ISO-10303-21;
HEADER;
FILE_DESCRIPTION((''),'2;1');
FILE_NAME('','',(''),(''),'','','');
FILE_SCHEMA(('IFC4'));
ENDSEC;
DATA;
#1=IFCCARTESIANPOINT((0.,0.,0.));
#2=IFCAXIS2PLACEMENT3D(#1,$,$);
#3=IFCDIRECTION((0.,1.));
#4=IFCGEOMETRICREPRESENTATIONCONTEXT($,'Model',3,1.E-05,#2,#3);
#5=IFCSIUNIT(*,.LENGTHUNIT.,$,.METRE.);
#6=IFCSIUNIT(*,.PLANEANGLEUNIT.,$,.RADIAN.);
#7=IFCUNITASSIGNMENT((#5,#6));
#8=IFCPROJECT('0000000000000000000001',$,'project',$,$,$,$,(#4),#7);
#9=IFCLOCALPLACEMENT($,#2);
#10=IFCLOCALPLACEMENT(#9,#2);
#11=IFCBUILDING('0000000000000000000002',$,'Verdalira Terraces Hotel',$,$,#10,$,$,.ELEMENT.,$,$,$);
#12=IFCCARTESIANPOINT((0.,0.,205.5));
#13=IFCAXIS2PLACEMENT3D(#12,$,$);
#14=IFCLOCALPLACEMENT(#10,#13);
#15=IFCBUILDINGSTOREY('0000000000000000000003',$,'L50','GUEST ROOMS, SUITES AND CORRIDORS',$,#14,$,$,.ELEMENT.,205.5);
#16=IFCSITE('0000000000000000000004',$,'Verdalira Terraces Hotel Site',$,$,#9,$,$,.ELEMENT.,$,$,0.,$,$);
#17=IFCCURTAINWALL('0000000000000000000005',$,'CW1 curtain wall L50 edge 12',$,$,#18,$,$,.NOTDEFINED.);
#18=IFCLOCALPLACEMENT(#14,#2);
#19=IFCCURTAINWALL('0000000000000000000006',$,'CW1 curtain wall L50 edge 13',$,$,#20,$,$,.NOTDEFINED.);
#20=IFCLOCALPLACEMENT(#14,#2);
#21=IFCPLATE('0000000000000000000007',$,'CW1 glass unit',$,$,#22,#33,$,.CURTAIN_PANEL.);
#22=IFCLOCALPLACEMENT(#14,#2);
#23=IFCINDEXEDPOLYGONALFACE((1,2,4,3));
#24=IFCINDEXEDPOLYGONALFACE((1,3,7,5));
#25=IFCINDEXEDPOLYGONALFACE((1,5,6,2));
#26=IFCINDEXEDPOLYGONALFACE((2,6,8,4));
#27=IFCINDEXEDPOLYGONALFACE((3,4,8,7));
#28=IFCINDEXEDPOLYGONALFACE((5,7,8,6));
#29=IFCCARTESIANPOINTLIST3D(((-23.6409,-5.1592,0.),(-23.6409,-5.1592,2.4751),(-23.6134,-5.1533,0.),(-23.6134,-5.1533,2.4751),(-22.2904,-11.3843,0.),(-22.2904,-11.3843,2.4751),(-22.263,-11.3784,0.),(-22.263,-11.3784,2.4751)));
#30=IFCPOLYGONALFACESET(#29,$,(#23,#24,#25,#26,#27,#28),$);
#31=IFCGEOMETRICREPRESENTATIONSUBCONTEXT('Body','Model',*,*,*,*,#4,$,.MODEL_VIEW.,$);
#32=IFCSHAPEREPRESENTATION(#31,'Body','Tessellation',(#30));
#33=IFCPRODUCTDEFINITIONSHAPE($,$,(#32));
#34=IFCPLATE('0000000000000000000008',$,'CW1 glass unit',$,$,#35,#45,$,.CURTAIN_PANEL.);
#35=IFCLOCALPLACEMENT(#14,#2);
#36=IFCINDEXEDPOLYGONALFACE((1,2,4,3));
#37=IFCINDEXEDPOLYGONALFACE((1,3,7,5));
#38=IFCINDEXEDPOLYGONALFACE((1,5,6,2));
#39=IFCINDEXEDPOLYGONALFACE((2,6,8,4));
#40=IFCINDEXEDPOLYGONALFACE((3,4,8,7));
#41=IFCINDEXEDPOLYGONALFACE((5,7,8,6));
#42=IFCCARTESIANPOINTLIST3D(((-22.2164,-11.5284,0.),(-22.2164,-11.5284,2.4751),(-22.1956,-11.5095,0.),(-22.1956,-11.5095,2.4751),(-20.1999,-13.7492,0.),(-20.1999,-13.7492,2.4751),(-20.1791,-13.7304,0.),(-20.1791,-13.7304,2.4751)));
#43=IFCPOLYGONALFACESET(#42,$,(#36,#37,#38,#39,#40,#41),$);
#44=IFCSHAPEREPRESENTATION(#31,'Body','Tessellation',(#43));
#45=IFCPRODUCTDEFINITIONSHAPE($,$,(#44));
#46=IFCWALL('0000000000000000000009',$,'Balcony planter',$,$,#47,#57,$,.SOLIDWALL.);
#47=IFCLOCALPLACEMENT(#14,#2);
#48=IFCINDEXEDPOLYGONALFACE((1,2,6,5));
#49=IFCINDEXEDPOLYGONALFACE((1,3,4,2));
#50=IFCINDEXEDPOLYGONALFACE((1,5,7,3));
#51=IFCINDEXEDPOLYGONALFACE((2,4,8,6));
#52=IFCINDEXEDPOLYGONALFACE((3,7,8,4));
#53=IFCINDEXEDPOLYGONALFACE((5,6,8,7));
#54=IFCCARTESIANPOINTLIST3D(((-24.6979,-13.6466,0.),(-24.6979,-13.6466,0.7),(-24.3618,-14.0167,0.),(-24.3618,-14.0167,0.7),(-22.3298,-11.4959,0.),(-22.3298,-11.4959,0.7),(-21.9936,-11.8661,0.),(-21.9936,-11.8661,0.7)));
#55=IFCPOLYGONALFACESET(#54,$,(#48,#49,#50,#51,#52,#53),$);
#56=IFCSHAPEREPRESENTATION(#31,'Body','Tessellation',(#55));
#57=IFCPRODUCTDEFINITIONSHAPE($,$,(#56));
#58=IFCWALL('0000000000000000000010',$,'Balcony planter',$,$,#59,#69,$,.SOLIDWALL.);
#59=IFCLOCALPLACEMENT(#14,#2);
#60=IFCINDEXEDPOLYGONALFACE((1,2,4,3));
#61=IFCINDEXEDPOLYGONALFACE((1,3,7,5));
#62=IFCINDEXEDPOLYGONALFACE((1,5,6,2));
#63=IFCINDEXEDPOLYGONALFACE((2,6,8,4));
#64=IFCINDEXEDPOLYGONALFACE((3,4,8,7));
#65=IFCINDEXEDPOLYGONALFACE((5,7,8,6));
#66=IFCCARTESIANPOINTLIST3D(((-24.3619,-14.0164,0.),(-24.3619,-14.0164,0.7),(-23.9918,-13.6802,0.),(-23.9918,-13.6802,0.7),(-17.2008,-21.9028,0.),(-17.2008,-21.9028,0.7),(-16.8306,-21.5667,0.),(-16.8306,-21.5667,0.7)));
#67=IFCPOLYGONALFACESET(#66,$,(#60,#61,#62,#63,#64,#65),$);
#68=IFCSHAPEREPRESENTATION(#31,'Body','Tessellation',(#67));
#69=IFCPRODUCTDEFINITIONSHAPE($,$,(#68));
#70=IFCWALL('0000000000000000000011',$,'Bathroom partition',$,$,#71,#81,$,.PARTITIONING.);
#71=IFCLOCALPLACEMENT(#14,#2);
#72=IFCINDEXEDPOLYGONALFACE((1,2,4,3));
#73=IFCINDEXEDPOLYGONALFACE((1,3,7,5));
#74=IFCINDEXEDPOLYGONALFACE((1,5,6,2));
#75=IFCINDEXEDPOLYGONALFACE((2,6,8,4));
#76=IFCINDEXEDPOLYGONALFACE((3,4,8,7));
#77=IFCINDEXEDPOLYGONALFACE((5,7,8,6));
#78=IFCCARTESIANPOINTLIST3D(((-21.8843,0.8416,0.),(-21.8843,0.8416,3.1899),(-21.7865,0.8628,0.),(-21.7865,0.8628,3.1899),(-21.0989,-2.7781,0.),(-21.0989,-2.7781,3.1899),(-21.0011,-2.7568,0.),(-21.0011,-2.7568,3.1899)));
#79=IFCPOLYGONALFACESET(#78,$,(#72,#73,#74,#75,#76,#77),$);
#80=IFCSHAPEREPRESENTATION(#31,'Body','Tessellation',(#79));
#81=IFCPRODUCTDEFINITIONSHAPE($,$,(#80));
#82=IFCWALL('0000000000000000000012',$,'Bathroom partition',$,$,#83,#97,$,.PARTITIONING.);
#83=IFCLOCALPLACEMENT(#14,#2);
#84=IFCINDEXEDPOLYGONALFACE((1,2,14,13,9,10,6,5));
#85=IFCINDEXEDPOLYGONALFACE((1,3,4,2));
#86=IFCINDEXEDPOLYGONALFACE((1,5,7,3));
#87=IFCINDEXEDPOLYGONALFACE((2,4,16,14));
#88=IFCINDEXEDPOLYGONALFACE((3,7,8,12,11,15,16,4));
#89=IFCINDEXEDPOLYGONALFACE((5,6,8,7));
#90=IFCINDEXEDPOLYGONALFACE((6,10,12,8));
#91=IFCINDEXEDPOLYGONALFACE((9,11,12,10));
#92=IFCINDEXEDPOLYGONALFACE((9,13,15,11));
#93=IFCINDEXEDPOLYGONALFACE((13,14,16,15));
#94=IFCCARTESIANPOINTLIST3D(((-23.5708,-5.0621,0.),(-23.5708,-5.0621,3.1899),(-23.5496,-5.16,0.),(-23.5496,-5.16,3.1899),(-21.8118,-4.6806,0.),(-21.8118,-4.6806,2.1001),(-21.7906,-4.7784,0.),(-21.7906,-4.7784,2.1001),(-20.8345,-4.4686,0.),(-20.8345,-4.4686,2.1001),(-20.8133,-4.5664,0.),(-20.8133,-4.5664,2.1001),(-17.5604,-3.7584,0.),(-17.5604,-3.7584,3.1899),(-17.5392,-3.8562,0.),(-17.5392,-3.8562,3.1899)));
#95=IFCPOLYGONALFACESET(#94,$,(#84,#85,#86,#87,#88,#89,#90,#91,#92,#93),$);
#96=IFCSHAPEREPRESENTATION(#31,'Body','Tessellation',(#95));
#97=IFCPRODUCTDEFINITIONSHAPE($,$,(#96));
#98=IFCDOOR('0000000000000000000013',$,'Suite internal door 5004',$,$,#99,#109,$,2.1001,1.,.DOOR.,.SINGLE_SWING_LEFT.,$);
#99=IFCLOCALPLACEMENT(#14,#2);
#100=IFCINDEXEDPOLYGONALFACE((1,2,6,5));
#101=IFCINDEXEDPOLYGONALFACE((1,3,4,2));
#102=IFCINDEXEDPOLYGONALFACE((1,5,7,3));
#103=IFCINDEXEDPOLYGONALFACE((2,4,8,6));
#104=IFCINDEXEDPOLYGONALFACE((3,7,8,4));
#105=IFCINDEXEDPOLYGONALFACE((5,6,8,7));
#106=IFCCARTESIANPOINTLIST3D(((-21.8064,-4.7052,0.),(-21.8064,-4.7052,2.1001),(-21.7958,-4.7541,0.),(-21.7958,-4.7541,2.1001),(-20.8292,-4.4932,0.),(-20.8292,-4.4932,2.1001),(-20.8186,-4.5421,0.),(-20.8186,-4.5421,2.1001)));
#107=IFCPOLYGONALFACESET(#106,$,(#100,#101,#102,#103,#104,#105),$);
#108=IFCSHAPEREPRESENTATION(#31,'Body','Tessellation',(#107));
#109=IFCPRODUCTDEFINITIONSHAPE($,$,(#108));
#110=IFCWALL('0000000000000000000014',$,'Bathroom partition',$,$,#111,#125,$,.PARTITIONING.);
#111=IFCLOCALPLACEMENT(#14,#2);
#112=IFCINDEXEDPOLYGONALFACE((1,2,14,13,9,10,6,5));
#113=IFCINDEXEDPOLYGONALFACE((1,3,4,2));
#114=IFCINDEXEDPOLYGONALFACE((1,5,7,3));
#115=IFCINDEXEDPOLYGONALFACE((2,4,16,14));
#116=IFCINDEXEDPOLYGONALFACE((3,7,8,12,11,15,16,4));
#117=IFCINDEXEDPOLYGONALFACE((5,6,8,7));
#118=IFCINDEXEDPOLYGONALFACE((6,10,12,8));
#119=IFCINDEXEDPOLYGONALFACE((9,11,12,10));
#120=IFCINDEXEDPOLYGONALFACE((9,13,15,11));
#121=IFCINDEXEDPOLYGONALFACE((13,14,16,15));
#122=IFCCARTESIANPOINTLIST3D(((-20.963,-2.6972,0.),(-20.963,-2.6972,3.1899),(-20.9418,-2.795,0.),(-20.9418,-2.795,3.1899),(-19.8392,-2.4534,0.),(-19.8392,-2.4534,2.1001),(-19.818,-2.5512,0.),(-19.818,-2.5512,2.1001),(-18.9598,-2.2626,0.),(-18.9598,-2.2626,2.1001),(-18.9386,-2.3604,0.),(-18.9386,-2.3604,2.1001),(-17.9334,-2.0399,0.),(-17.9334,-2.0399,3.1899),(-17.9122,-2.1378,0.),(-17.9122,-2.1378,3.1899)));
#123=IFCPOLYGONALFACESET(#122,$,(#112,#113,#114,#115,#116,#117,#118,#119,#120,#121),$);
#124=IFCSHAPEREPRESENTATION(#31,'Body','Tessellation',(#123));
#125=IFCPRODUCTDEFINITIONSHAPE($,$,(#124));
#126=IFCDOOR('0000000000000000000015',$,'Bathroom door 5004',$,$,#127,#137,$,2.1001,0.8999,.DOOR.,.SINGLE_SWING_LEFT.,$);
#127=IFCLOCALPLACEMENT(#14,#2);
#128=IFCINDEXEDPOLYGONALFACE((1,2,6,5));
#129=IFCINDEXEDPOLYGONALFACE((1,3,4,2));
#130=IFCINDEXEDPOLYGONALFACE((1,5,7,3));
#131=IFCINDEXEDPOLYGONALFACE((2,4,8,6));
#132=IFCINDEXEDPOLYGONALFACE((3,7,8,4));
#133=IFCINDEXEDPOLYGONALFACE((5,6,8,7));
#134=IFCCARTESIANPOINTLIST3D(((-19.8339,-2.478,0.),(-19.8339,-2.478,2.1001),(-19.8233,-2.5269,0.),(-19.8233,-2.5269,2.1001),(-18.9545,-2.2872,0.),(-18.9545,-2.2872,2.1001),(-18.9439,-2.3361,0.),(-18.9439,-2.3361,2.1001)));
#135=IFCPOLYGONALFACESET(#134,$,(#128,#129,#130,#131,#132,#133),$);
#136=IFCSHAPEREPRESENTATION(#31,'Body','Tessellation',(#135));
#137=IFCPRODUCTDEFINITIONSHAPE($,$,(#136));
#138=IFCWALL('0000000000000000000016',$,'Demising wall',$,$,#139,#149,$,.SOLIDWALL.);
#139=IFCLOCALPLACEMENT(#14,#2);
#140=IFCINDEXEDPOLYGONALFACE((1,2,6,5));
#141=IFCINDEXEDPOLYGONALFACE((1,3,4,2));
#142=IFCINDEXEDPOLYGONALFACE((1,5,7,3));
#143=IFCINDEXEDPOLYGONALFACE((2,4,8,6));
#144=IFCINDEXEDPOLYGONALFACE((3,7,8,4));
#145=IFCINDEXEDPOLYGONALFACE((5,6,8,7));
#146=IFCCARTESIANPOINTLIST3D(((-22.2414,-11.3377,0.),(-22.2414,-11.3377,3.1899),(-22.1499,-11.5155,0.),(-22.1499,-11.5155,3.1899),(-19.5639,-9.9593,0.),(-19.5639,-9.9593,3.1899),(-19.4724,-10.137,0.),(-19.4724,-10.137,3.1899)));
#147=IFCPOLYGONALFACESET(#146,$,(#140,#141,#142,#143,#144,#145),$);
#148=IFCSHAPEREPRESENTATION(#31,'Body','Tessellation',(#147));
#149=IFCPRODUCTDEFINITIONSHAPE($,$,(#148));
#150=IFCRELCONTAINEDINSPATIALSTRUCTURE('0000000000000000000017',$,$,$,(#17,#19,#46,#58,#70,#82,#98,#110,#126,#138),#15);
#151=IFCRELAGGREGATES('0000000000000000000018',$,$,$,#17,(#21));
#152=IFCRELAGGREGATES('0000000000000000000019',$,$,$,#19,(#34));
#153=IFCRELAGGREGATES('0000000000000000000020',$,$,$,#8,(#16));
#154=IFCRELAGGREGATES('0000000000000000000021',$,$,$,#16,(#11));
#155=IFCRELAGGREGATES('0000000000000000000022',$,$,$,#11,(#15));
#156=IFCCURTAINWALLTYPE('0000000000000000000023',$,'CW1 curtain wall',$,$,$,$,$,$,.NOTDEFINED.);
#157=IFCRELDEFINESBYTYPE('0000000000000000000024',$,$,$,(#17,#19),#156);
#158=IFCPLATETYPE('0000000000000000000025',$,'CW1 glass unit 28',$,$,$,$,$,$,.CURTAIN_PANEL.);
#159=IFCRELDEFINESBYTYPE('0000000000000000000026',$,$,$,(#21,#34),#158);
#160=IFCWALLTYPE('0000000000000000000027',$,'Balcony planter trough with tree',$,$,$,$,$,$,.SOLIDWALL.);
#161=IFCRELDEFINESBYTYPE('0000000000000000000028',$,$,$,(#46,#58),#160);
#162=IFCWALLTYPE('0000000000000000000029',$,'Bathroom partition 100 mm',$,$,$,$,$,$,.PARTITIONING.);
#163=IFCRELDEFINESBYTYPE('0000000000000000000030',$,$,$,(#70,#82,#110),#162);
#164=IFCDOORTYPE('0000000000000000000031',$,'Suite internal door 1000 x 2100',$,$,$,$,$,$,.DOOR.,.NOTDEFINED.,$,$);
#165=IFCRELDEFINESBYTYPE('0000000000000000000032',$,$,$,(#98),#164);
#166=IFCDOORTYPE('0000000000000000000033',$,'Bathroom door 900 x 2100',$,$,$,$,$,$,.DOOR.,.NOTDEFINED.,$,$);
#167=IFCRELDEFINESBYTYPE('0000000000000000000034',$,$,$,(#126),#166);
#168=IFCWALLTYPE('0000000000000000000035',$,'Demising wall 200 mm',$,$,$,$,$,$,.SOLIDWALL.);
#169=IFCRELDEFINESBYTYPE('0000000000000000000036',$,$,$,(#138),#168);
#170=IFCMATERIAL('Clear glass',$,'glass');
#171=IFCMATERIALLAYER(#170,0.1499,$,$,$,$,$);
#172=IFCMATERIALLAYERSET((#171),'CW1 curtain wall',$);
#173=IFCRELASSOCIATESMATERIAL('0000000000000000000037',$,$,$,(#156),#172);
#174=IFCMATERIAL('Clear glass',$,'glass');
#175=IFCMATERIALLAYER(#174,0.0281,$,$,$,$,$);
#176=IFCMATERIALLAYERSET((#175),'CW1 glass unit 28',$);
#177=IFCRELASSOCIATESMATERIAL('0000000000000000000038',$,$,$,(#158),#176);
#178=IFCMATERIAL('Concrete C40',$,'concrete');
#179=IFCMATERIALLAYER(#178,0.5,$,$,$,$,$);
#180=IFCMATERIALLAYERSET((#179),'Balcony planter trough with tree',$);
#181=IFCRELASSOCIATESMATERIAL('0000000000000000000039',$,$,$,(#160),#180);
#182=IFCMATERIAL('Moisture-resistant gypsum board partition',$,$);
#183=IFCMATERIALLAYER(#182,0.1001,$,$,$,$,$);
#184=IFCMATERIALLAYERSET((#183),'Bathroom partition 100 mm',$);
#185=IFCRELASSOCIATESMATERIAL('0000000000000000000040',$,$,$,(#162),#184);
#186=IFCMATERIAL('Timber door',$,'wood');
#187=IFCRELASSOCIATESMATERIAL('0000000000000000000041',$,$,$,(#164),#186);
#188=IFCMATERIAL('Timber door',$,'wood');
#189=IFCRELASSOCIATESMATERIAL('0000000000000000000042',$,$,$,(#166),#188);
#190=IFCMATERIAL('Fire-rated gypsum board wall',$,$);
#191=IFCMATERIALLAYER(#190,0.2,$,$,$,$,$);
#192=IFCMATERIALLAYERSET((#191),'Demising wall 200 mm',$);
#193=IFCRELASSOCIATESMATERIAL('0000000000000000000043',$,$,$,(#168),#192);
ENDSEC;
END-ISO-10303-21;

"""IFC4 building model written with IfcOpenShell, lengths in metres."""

from ifc_helpers import new_model, si_unit, direction, frame, frame_2d, origin, origin_2d, place, context, subcontext, project, spatial, rectangle, extrude, material, layer, layer_set, type_object, element, fill, aggregate, save


model = new_model("IFC4")

# Units and contexts
model_context = context("Model", 3, precision=1e-05, world=origin(), true_north=direction((0.0, 1.0)))
body_context = subcontext(model_context, "Body", "Model", "MODEL_VIEW")
ifc_project = project(units=[si_unit("LENGTHUNIT", "METRE"), si_unit("PLANEANGLEUNIT", "RADIAN")], contexts=[model_context])

# Site, building, storey
site_placement = place(None, origin())
site = spatial("IfcSite", under=ifc_project, at=site_placement, Name="Verdalira Terraces Hotel Site", CompositionType="ELEMENT", RefElevation=0.0)
building_placement = place(site_placement, origin())
building = spatial("IfcBuilding", under=site, at=building_placement, Name="Verdalira Terraces Hotel", CompositionType="ELEMENT")
storey_placement = place(building_placement, frame((0.0, 0.0, 205.5)))
storey = spatial("IfcBuildingStorey", under=building, at=storey_placement, Name="L50", Description="GUEST ROOMS, SUITES AND CORRIDORS", CompositionType="ELEMENT", Elevation=205.5)

# Curtain walls
ifc_material_1 = material(Name="Clear glass", Category="glass")
ifc_layer_1 = layer(ifc_material_1, 0.1499)
ifc_layer_set_1 = layer_set([ifc_layer_1], Name="CW1 curtain wall")
curtain_wall_type = type_object("IfcCurtainWallType", Name="CW1 curtain wall", PredefinedType="NOTDEFINED", material=ifc_layer_set_1)
curtain_wall_1_placement = place(storey_placement, origin())
curtain_wall_1 = element("IfcCurtainWall", 1, at=curtain_wall_1_placement, inside=storey, type_object=curtain_wall_type, Name="CW1 curtain wall L50 edge 12", PredefinedType="NOTDEFINED")
curtain_wall_2_placement = place(storey_placement, origin())
curtain_wall_2 = element("IfcCurtainWall", 2, at=curtain_wall_2_placement, inside=storey, type_object=curtain_wall_type, Name="CW1 curtain wall L50 edge 13", PredefinedType="NOTDEFINED")

# Plates
ifc_material_2 = material(Name="Clear glass", Category="glass")
ifc_layer_2 = layer(ifc_material_2, 0.0281)
ifc_layer_set_2 = layer_set([ifc_layer_2], Name="CW1 glass unit 28")
plate_type = type_object("IfcPlateType", Name="CW1 glass unit 28", PredefinedType="CURTAIN_PANEL", material=ifc_layer_set_2)
plate_1_placement = place(storey_placement, frame((-22.9519, -8.2688, 0.0), z_axis=(0.0, 0.0, 1.0), x_axis=(0.212007, -0.977268, 0.0)))
plate_1 = element("IfcPlate", 3, at=plate_1_placement, type_object=plate_type, Name="CW1 glass unit", PredefinedType="CURTAIN_PANEL", context=body_context, shape_type="SweptSolid", body=[
    extrude(rectangle(XDim=6.3699, YDim=0.0281, at=origin_2d()), origin(), (0.0, 0.0, 1.0), 2.4751),
])
aggregate(curtain_wall_1, [plate_1])
plate_2_placement = place(storey_placement, frame((-21.1978, -12.6294, 0.0), z_axis=(0.0, 0.0, 1.0), x_axis=(0.672238, -0.740335, 0.0)))
plate_2 = element("IfcPlate", 4, at=plate_2_placement, type_object=plate_type, Name="CW1 glass unit", PredefinedType="CURTAIN_PANEL", context=body_context, shape_type="SweptSolid", body=[
    extrude(rectangle(XDim=2.9998, YDim=0.0281, at=origin_2d()), origin(), (0.0, 0.0, 1.0), 2.4751),
])
aggregate(curtain_wall_2, [plate_2])

# Walls
ifc_material_3 = material(Name="Concrete C40", Category="concrete")
ifc_layer_3 = layer(ifc_material_3, 0.5)
ifc_layer_set_3 = layer_set([ifc_layer_3], Name="Balcony planter trough with tree")
wall_type_1 = type_object("IfcWallType", Name="Balcony planter trough with tree", PredefinedType="SOLIDWALL", material=ifc_layer_set_3)
wall_1_placement = place(storey_placement, frame((-22.1616, -11.6809, 0.0), z_axis=(0.0, 0.0, 1.0), x_axis=(-0.740289, -0.672289, 0.0)))
element("IfcWall", 5, at=wall_1_placement, inside=storey, type_object=wall_type_1, Name="Balcony planter", PredefinedType="SOLIDWALL", context=body_context, shape_type="SweptSolid", body=[
    extrude(rectangle(XDim=3.199, YDim=0.5, at=frame_2d((1.5996, 0.0))), origin(), (0.0, 0.0, 1.0), 0.7),
])
wall_2_placement = place(storey_placement, frame((-24.1768, -13.8484, 0.0), z_axis=(0.0, 0.0, 1.0), x_axis=(0.672241, -0.740332, 0.0)))
element("IfcWall", 6, at=wall_2_placement, inside=storey, type_object=wall_type_1, Name="Balcony planter", PredefinedType="SOLIDWALL", context=body_context, shape_type="SweptSolid", body=[
    extrude(rectangle(XDim=10.6526, YDim=0.5, at=frame_2d((5.3262, 0.0))), origin(), (0.0, 0.0, 1.0), 0.7),
])
ifc_material_4 = material(Name="Moisture-resistant gypsum board partition")
ifc_layer_4 = layer(ifc_material_4, 0.1001)
ifc_layer_set_4 = layer_set([ifc_layer_4], Name="Bathroom partition 100 mm")
wall_type_2 = type_object("IfcWallType", Name="Bathroom partition 100 mm", PredefinedType="PARTITIONING", material=ifc_layer_set_4)
wall_3_placement = place(storey_placement, frame((-21.8354, 0.8523, 0.0), z_axis=(0.0, 0.0, 1.0), x_axis=(0.212049, -0.977259, 0.0)))
element("IfcWall", 7, at=wall_3_placement, inside=storey, type_object=wall_type_2, Name="Bathroom partition", PredefinedType="PARTITIONING", context=body_context, shape_type="SweptSolid", body=[
    extrude(rectangle(XDim=3.7039, YDim=0.1001, at=frame_2d((1.8521, 0.0))), origin(), (0.0, 0.0, 1.0), 3.1899),
])

# Walls, openings, doors
wall_4_placement = place(storey_placement, frame((-23.5603, -5.1111, 0.0), z_axis=(0.0, 0.0, 1.0), x_axis=(0.977273, 0.211985, 0.0)))
wall_4 = element("IfcWall", 8, at=wall_4_placement, inside=storey, type_object=wall_type_2, Name="Bathroom partition", PredefinedType="PARTITIONING", context=body_context, shape_type="SweptSolid", body=[
    extrude(rectangle(XDim=6.1501, YDim=0.1001, at=frame_2d((3.0752, 0.0))), origin(), (0.0, 0.0, 1.0), 3.1899),
])
opening_1_placement = place(wall_4_placement, frame((1.8, 0.0, 0.0)))
opening_1 = element("IfcOpeningElement", 9, at=opening_1_placement, cuts=wall_4, PredefinedType="OPENING", context=body_context, shape_type="SweptSolid", body=[
    extrude(rectangle(XDim=1.0, YDim=2.1001, at=frame_2d((0.5, 1.05))), frame((0.0, 0.0601, 0.0), z_axis=(0.0, -1.0, 0.0), x_axis=(1.0, 0.0, 0.0)), (0.0, 0.0, 1.0), 0.1201),
])
ifc_material_5 = material(Name="Timber door", Category="wood")
door_type_1 = type_object("IfcDoorType", Name="Suite internal door 1000 x 2100", OperationType="NOTDEFINED", PredefinedType="DOOR", material=ifc_material_5)
door_1_placement = place(opening_1_placement, origin())
door_1 = element("IfcDoor", 10, at=door_1_placement, inside=storey, type_object=door_type_1, Name="Suite internal door 5004", OperationType="SINGLE_SWING_LEFT", OverallHeight=2.1001, OverallWidth=1.0, PredefinedType="DOOR", context=body_context, shape_type="SweptSolid", body=[
    extrude(rectangle(XDim=1.0, YDim=2.1001, at=frame_2d((0.5, 1.05))), frame((0.0, 0.0249, 0.0), z_axis=(0.0, -1.0, 0.0), x_axis=(1.0, 0.0, 0.0)), (0.0, 0.0, 1.0), 0.05),
])
fill(opening_1, door_1)
wall_5_placement = place(storey_placement, frame((-20.9524, -2.7461, 0.0), z_axis=(0.0, 0.0, 1.0), x_axis=(0.977268, 0.212008, 0.0)))
wall_5 = element("IfcWall", 11, at=wall_5_placement, inside=storey, type_object=wall_type_2, Name="Bathroom partition", PredefinedType="PARTITIONING", context=body_context, shape_type="SweptSolid", body=[
    extrude(rectangle(XDim=3.1001, YDim=0.1001, at=frame_2d((1.55, 0.0))), origin(), (0.0, 0.0, 1.0), 3.1899),
])
opening_2_placement = place(wall_5_placement, frame((1.1499, 0.0, 0.0)))
opening_2 = element("IfcOpeningElement", 12, at=opening_2_placement, cuts=wall_5, PredefinedType="OPENING", context=body_context, shape_type="SweptSolid", body=[
    extrude(rectangle(XDim=0.8999, YDim=2.1001, at=frame_2d((0.45, 1.05))), frame((0.0, 0.0601, 0.0), z_axis=(0.0, -1.0, 0.0), x_axis=(1.0, 0.0, 0.0)), (0.0, 0.0, 1.0), 0.1201),
])
ifc_material_6 = material(Name="Timber door", Category="wood")
door_type_2 = type_object("IfcDoorType", Name="Bathroom door 900 x 2100", OperationType="NOTDEFINED", PredefinedType="DOOR", material=ifc_material_6)
door_2_placement = place(opening_2_placement, origin())
door_2 = element("IfcDoor", 13, at=door_2_placement, inside=storey, type_object=door_type_2, Name="Bathroom door 5004", OperationType="SINGLE_SWING_LEFT", OverallHeight=2.1001, OverallWidth=0.8999, PredefinedType="DOOR", context=body_context, shape_type="SweptSolid", body=[
    extrude(rectangle(XDim=0.8999, YDim=2.1001, at=frame_2d((0.45, 1.05))), frame((0.0, 0.0249, 0.0), z_axis=(0.0, -1.0, 0.0), x_axis=(1.0, 0.0, 0.0)), (0.0, 0.0, 1.0), 0.05),
])
fill(opening_2, door_2)

# Wall
ifc_material_7 = material(Name="Fire-rated gypsum board wall")
ifc_layer_5 = layer(ifc_material_7, 0.2)
ifc_layer_set_5 = layer_set([ifc_layer_5], Name="Demising wall 200 mm")
wall_type_3 = type_object("IfcWallType", Name="Demising wall 200 mm", PredefinedType="SOLIDWALL", material=ifc_layer_set_5)
wall_6_placement = place(storey_placement, frame((-19.5181, -10.0481, 0.0), z_axis=(0.0, 0.0, 1.0), x_axis=(-0.889096, -0.457722, 0.0)))
element("IfcWall", 14, at=wall_6_placement, inside=storey, type_object=wall_type_3, Name="Demising wall", PredefinedType="SOLIDWALL", context=body_context, shape_type="SweptSolid", body=[
    extrude(rectangle(XDim=3.0115, YDim=0.2, at=frame_2d((1.5059, 0.0))), origin(), (0.0, 0.0, 1.0), 3.1899),
])

save(model, "model.ifc")
